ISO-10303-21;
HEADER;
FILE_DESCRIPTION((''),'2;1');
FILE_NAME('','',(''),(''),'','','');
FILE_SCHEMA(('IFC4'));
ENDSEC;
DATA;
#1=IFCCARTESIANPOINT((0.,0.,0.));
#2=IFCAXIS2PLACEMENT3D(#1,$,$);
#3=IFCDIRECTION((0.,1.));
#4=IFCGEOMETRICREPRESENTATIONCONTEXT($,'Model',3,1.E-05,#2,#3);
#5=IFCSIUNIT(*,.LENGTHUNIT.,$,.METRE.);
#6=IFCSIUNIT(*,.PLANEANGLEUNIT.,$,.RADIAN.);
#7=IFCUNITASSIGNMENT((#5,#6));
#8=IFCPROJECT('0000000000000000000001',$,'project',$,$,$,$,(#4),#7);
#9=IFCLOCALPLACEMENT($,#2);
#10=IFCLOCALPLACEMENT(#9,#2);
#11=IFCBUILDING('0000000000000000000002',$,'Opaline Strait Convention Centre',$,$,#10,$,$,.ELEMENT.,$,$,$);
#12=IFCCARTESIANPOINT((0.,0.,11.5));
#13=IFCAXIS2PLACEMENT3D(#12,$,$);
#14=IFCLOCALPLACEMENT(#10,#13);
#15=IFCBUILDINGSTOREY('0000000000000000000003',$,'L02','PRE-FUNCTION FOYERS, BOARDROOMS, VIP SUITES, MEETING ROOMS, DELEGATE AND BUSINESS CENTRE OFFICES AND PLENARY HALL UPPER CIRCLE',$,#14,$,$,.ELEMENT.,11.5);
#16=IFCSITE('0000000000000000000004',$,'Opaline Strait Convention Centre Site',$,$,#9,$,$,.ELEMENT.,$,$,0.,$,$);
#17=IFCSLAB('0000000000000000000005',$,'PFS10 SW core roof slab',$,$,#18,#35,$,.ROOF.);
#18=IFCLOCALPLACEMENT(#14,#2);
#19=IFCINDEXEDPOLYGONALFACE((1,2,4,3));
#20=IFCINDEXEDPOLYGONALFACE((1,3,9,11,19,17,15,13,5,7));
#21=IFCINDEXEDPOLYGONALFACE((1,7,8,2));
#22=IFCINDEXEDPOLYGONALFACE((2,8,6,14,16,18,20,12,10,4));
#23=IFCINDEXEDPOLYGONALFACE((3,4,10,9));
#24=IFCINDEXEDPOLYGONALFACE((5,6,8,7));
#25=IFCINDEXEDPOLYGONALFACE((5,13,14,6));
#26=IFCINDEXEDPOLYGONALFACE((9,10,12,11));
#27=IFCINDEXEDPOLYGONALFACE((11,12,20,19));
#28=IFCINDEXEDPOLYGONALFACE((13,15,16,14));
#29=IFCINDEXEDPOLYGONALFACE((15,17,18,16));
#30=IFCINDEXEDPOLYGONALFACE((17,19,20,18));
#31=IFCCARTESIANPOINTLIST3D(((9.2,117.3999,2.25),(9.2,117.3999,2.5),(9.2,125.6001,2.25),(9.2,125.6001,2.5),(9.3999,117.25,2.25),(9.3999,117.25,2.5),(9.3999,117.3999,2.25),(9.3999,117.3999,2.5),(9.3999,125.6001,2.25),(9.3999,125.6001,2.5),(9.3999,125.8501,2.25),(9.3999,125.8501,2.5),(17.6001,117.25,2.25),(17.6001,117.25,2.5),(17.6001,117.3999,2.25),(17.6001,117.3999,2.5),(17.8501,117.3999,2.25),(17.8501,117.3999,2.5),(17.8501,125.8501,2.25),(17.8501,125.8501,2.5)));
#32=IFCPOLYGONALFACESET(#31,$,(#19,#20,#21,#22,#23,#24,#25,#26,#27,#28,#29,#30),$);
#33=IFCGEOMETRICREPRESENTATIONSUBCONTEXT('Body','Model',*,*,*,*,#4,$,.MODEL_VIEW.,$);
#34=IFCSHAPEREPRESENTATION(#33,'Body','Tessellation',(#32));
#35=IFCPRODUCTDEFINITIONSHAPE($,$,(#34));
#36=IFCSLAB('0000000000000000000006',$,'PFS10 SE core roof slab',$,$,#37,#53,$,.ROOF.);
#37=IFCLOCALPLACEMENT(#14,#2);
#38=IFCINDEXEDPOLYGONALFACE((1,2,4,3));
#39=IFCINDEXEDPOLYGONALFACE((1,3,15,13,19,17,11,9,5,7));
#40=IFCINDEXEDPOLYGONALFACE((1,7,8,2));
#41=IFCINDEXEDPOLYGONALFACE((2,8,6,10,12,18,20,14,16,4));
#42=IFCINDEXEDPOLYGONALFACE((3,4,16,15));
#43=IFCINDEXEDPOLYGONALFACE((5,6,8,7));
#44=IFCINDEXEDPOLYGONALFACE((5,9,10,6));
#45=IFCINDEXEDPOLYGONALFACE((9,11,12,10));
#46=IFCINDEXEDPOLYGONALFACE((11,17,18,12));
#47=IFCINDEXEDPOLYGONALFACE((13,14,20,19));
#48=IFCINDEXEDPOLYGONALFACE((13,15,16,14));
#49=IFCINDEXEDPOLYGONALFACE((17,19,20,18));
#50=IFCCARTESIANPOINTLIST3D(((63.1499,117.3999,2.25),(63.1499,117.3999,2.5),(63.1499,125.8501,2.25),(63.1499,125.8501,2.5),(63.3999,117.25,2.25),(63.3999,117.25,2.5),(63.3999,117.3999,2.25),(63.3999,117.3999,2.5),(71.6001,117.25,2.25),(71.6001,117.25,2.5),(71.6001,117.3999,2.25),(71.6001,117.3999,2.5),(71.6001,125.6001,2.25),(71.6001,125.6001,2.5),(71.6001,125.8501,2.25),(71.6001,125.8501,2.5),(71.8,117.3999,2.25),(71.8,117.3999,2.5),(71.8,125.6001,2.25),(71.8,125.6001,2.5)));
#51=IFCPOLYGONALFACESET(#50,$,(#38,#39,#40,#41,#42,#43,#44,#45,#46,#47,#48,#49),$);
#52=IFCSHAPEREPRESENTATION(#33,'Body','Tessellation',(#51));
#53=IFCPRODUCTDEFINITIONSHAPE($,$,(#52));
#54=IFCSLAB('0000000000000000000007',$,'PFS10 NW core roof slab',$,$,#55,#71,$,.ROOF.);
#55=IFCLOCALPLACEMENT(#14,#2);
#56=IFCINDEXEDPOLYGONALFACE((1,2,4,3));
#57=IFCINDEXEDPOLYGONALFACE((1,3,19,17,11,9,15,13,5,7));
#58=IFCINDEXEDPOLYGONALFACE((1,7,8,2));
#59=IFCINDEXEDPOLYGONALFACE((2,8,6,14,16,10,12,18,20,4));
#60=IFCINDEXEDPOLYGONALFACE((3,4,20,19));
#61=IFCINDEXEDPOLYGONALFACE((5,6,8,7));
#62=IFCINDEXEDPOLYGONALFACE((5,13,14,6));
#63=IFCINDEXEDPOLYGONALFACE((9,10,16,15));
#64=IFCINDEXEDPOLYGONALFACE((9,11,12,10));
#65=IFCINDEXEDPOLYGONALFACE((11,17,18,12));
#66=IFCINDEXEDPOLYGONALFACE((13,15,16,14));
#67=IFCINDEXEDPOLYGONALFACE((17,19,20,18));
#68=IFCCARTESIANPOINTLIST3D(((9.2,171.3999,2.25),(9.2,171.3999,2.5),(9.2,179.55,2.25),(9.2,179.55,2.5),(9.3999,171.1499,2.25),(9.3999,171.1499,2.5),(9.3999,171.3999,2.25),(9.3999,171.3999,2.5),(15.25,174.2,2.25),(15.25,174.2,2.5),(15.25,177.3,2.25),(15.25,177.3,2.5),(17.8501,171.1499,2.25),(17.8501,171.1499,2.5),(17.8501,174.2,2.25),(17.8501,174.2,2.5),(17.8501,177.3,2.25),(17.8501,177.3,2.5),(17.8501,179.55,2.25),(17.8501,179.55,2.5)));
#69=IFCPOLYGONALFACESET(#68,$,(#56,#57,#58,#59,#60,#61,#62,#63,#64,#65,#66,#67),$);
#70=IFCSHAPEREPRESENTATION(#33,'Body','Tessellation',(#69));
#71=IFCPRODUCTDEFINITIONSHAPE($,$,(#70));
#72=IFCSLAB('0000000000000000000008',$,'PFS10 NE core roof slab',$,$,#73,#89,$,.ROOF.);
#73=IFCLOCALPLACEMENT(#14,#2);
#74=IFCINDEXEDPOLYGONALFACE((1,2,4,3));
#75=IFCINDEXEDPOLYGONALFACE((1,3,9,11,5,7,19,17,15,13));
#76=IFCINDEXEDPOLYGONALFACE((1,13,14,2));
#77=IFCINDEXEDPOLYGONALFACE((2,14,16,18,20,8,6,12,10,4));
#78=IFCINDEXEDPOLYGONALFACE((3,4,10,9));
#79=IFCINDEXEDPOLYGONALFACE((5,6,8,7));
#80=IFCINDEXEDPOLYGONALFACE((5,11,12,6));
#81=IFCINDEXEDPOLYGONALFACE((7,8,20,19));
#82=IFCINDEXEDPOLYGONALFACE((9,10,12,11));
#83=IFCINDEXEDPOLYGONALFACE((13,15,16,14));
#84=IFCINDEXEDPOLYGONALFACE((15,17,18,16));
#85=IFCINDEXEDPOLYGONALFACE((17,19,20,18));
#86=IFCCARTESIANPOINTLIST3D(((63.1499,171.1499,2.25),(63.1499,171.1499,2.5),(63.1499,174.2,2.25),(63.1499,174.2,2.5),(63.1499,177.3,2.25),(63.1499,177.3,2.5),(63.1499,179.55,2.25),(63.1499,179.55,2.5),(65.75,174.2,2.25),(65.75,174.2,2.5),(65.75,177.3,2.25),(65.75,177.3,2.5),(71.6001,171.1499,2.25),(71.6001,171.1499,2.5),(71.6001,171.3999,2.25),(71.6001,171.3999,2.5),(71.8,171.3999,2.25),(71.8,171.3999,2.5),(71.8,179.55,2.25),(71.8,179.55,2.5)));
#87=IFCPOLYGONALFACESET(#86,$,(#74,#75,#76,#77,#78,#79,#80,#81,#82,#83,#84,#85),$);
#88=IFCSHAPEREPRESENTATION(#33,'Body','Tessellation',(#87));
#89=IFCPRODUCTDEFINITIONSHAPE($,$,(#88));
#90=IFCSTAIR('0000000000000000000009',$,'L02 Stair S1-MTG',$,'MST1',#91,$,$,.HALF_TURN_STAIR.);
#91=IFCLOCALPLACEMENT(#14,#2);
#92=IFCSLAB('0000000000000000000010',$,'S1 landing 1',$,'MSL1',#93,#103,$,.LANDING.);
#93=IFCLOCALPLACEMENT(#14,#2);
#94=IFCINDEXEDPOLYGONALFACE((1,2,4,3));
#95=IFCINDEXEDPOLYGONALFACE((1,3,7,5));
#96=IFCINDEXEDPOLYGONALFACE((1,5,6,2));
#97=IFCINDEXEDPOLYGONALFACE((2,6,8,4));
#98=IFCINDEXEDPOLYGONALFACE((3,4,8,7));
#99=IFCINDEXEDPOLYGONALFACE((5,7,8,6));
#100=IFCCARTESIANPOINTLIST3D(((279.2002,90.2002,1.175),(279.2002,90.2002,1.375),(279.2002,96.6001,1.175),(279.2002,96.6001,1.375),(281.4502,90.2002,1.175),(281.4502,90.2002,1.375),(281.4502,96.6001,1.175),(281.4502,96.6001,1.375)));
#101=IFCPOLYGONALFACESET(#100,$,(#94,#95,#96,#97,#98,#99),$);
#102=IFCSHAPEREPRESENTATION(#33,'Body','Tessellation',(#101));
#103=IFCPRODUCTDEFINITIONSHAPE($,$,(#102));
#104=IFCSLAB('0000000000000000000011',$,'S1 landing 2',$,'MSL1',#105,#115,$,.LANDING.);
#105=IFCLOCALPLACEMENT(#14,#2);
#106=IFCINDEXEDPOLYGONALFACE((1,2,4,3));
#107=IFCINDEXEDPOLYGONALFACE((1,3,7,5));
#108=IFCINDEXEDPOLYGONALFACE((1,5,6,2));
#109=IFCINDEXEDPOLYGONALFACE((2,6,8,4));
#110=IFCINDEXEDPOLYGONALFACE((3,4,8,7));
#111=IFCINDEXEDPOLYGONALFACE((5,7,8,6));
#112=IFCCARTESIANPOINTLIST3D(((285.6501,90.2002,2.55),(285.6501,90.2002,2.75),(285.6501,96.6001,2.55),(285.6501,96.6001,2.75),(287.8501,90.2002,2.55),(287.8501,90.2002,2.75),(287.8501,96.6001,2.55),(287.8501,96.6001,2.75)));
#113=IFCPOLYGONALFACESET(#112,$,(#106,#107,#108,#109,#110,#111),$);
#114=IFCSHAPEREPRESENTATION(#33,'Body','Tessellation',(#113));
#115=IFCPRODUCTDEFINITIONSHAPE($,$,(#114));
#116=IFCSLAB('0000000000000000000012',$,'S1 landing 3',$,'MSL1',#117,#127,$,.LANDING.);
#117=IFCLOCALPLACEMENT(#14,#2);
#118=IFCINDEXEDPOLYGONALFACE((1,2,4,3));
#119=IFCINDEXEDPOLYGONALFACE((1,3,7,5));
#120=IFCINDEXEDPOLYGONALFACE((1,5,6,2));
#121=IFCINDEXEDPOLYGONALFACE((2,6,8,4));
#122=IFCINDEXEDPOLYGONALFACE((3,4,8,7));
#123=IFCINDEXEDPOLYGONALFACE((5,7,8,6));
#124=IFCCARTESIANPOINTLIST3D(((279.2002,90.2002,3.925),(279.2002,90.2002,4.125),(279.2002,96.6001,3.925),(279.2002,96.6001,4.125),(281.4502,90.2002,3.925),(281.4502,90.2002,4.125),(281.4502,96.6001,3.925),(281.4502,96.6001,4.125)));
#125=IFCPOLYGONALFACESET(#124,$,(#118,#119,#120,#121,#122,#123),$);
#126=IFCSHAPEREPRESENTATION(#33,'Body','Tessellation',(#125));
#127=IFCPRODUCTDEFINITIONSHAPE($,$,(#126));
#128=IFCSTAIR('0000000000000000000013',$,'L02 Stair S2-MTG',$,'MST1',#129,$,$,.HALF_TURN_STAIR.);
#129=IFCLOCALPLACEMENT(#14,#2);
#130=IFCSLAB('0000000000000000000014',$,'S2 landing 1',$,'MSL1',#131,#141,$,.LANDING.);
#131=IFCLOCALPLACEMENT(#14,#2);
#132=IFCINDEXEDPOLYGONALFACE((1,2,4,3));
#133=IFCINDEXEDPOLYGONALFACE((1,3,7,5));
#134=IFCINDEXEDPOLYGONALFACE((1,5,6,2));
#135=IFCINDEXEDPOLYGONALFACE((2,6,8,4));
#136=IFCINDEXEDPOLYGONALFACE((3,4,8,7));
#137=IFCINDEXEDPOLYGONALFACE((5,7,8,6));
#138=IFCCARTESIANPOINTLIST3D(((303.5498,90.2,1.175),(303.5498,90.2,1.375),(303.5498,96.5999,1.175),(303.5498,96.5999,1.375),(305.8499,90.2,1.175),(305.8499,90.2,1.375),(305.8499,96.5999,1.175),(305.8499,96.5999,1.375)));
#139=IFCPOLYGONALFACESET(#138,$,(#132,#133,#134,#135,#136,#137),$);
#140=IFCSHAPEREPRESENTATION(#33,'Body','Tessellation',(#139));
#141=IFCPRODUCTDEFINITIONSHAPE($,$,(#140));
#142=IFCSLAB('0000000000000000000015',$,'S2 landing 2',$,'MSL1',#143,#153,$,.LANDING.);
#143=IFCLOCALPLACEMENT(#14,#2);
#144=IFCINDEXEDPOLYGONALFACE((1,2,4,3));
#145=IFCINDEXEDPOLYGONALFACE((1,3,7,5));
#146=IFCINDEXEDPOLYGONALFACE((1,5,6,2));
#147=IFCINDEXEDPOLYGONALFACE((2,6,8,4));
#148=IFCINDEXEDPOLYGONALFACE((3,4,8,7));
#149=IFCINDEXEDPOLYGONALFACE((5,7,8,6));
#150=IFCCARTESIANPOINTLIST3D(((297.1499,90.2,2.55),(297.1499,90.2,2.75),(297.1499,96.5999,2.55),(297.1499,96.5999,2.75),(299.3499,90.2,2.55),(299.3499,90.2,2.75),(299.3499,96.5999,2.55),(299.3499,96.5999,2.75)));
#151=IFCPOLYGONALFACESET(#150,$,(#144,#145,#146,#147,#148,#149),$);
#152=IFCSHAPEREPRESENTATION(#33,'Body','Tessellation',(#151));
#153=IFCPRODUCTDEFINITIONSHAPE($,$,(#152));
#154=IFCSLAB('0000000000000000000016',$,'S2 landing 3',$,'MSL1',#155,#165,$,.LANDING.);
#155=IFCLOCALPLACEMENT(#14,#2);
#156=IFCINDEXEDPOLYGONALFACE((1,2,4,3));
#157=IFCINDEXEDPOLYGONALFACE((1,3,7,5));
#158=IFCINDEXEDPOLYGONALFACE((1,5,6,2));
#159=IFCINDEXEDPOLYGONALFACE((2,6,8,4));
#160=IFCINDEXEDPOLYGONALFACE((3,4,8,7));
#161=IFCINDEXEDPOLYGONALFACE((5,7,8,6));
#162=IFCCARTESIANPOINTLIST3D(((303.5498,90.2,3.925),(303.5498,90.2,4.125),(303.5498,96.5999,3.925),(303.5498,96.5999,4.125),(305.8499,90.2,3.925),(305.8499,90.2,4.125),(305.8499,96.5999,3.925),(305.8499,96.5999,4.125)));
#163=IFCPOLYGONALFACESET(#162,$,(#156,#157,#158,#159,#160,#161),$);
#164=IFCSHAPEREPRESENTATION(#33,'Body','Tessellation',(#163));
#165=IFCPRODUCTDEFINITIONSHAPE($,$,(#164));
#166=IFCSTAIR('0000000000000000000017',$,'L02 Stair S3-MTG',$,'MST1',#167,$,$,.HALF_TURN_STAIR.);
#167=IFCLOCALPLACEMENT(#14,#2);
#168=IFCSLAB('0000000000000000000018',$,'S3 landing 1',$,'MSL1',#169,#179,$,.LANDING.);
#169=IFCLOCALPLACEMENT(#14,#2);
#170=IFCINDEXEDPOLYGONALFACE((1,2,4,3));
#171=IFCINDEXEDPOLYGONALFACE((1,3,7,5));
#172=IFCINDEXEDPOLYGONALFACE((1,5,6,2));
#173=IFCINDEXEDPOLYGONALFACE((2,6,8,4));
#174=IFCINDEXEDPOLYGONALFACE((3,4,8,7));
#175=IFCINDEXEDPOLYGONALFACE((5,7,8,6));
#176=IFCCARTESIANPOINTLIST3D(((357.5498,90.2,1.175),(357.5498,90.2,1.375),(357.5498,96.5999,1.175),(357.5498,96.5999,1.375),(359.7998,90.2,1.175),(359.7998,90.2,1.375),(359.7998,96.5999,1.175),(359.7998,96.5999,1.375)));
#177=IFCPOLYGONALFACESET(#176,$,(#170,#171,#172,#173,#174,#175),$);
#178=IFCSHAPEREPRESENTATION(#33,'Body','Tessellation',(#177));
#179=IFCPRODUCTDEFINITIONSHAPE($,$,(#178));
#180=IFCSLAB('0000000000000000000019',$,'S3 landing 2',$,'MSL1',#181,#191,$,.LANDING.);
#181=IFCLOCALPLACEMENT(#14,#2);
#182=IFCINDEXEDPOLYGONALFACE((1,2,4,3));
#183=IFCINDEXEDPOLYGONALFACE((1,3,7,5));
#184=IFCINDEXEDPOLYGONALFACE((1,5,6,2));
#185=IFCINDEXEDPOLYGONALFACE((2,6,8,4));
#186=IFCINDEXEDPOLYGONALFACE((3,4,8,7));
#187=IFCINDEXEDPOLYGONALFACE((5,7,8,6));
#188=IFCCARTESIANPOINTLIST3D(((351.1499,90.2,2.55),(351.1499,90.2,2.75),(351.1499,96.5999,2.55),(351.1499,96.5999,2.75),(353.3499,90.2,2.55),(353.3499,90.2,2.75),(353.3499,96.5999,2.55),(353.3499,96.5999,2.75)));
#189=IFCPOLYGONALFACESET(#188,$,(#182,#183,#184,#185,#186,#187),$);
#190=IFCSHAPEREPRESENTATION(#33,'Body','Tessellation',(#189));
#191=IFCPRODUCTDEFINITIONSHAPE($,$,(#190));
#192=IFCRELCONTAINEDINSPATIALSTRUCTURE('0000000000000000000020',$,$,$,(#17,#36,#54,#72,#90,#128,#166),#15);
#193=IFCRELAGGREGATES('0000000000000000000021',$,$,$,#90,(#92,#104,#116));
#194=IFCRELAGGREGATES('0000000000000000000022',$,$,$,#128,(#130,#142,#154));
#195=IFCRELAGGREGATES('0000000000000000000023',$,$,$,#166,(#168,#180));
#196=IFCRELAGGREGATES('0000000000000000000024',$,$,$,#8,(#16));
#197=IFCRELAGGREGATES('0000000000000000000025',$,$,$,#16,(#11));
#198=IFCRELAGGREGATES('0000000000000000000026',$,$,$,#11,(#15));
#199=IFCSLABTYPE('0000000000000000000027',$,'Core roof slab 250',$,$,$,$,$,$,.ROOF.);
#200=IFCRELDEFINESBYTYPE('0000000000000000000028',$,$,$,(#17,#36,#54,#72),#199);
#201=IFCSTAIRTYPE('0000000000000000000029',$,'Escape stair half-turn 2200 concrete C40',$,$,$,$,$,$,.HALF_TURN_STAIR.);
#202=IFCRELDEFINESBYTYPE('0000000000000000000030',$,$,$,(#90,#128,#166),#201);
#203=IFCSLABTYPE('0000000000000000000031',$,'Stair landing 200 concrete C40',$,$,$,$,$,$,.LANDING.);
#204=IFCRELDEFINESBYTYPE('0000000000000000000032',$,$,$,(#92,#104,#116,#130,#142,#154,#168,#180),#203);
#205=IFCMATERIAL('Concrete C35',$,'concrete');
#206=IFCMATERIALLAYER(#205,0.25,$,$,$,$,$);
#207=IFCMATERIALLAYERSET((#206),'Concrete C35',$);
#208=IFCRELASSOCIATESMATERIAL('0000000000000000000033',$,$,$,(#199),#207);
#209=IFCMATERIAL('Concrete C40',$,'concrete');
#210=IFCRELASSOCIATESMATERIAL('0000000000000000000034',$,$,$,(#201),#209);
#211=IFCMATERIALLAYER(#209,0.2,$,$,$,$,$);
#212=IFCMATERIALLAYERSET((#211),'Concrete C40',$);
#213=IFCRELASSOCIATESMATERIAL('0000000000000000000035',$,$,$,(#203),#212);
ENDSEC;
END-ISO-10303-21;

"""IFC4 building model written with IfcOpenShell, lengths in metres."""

from ifc_helpers import new_model, si_unit, direction, frame, origin, place, context, subcontext, project, spatial, polyline, outline, extrude, material, layer, layer_set, type_object, element, aggregate, save


model = new_model("IFC4")

# Units and contexts
model_context = context("Model", 3, precision=1e-05, world=origin(), true_north=direction((0.0, 1.0)))
body_context = subcontext(model_context, "Body", "Model", "MODEL_VIEW")
ifc_project = project(units=[si_unit("LENGTHUNIT", "METRE"), si_unit("PLANEANGLEUNIT", "RADIAN")], contexts=[model_context])

# Site, building, storey
site_placement = place(None, origin())
site = spatial("IfcSite", under=ifc_project, at=site_placement, Name="Opaline Strait Convention Centre Site", CompositionType="ELEMENT", RefElevation=0.0)
building_placement = place(site_placement, origin())
building = spatial("IfcBuilding", under=site, at=building_placement, Name="Opaline Strait Convention Centre", CompositionType="ELEMENT")
storey_placement = place(building_placement, frame((0.0, 0.0, 11.5)))
storey = spatial("IfcBuildingStorey", under=building, at=storey_placement, Name="L02", Description="PRE-FUNCTION FOYERS, BOARDROOMS, VIP SUITES, MEETING ROOMS, DELEGATE AND BUSINESS CENTRE OFFICES AND PLENARY HALL UPPER CIRCLE", CompositionType="ELEMENT", Elevation=11.5)

# Slabs
ifc_material_1 = material(Name="Concrete C35", Category="concrete")
ifc_layer_1 = layer(ifc_material_1, 0.25)
ifc_layer_set_1 = layer_set([ifc_layer_1], Name="Concrete C35")
slab_type_1 = type_object("IfcSlabType", Name="Core roof slab 250", PredefinedType="ROOF", material=ifc_layer_set_1)
slab_1_placement = place(storey_placement, frame((0.0, 0.0, 2.25)))
element("IfcSlab", 1, at=slab_1_placement, inside=storey, type_object=slab_type_1, Name="PFS10 SW core roof slab", PredefinedType="ROOF", context=body_context, shape_type="SweptSolid", body=[
    extrude(outline(polyline([(17.8501, 125.8501), (17.8501, 117.3999), (17.6001, 117.3999), (17.6001, 117.25), (9.3999, 117.25), (9.3999, 117.3999), (9.2, 117.3999), (9.2, 125.6001), (9.3999, 125.6001), (9.3999, 125.8501), (17.8501, 125.8501)])), origin(), (0.0, 0.0, 1.0), 0.25),
])
slab_2_placement = place(storey_placement, frame((0.0, 0.0, 2.25)))
element("IfcSlab", 2, at=slab_2_placement, inside=storey, type_object=slab_type_1, Name="PFS10 SE core roof slab", PredefinedType="ROOF", context=body_context, shape_type="SweptSolid", body=[
    extrude(outline(polyline([(71.8, 117.3999), (71.6001, 117.3999), (71.6001, 117.25), (63.3999, 117.25), (63.3999, 117.3999), (63.1499, 117.3999), (63.1499, 125.8501), (71.6001, 125.8501), (71.6001, 125.6001), (71.8, 125.6001), (71.8, 117.3999)])), origin(), (0.0, 0.0, 1.0), 0.25),
])
slab_3_placement = place(storey_placement, frame((0.0, 0.0, 2.25)))
element("IfcSlab", 3, at=slab_3_placement, inside=storey, type_object=slab_type_1, Name="PFS10 NW core roof slab", PredefinedType="ROOF", context=body_context, shape_type="SweptSolid", body=[
    extrude(outline(polyline([(17.8501, 171.1499), (9.3999, 171.1499), (9.3999, 171.3999), (9.2, 171.3999), (9.2, 179.55), (17.8501, 179.55), (17.8501, 177.3), (15.25, 177.3), (15.25, 174.2), (17.8501, 174.2), (17.8501, 171.1499)])), origin(), (0.0, 0.0, 1.0), 0.25),
])
slab_4_placement = place(storey_placement, frame((0.0, 0.0, 2.25)))
element("IfcSlab", 4, at=slab_4_placement, inside=storey, type_object=slab_type_1, Name="PFS10 NE core roof slab", PredefinedType="ROOF", context=body_context, shape_type="SweptSolid", body=[
    extrude(outline(polyline([(63.1499, 179.55), (71.8, 179.55), (71.8, 171.3999), (71.6001, 171.3999), (71.6001, 171.1499), (63.1499, 171.1499), (63.1499, 174.2), (65.75, 174.2), (65.75, 177.3), (63.1499, 177.3), (63.1499, 179.55)])), origin(), (0.0, 0.0, 1.0), 0.25),
])

# Stairs, slabs
ifc_material_2 = material(Name="Concrete C40", Category="concrete")
stair_type = type_object("IfcStairType", Name="Escape stair half-turn 2200 concrete C40", PredefinedType="HALF_TURN_STAIR", material=ifc_material_2)
stair_1_placement = place(storey_placement, origin())
stair_1 = element("IfcStair", 5, at=stair_1_placement, inside=storey, type_object=stair_type, Name="L02 Stair S1-MTG", ObjectType="MST1", PredefinedType="HALF_TURN_STAIR")
ifc_layer_2 = layer(ifc_material_2, 0.2)
ifc_layer_set_2 = layer_set([ifc_layer_2], Name="Concrete C40")
slab_type_2 = type_object("IfcSlabType", Name="Stair landing 200 concrete C40", PredefinedType="LANDING", material=ifc_layer_set_2)
slab_5_placement = place(storey_placement, frame((0.0, 0.0, 1.175)))
slab_5 = element("IfcSlab", 6, at=slab_5_placement, type_object=slab_type_2, Name="S1 landing 1", ObjectType="MSL1", PredefinedType="LANDING", context=body_context, shape_type="SweptSolid", body=[
    extrude(outline(polyline([(281.4502, 96.6001), (279.2002, 96.6001), (279.2002, 90.2002), (281.4502, 90.2002), (281.4502, 96.6001)])), origin(), (0.0, 0.0, 1.0), 0.2),
])
slab_6_placement = place(storey_placement, frame((0.0, 0.0, 2.55)))
slab_6 = element("IfcSlab", 7, at=slab_6_placement, type_object=slab_type_2, Name="S1 landing 2", ObjectType="MSL1", PredefinedType="LANDING", context=body_context, shape_type="SweptSolid", body=[
    extrude(outline(polyline([(287.8501, 96.6001), (285.6501, 96.6001), (285.6501, 90.2002), (287.8501, 90.2002), (287.8501, 96.6001)])), origin(), (0.0, 0.0, 1.0), 0.2),
])
slab_7_placement = place(storey_placement, frame((0.0, 0.0, 3.925)))
slab_7 = element("IfcSlab", 8, at=slab_7_placement, type_object=slab_type_2, Name="S1 landing 3", ObjectType="MSL1", PredefinedType="LANDING", context=body_context, shape_type="SweptSolid", body=[
    extrude(outline(polyline([(281.4502, 96.6001), (279.2002, 96.6001), (279.2002, 90.2002), (281.4502, 90.2002), (281.4502, 96.6001)])), origin(), (0.0, 0.0, 1.0), 0.2),
])
aggregate(stair_1, [slab_5, slab_6, slab_7])
stair_2_placement = place(storey_placement, origin())
stair_2 = element("IfcStair", 9, at=stair_2_placement, inside=storey, type_object=stair_type, Name="L02 Stair S2-MTG", ObjectType="MST1", PredefinedType="HALF_TURN_STAIR")
slab_8_placement = place(storey_placement, frame((0.0, 0.0, 1.175)))
slab_8 = element("IfcSlab", 10, at=slab_8_placement, type_object=slab_type_2, Name="S2 landing 1", ObjectType="MSL1", PredefinedType="LANDING", context=body_context, shape_type="SweptSolid", body=[
    extrude(outline(polyline([(303.5498, 90.2), (305.8499, 90.2), (305.8499, 96.5999), (303.5498, 96.5999), (303.5498, 90.2)])), origin(), (0.0, 0.0, 1.0), 0.2),
])
slab_9_placement = place(storey_placement, frame((0.0, 0.0, 2.55)))
slab_9 = element("IfcSlab", 11, at=slab_9_placement, type_object=slab_type_2, Name="S2 landing 2", ObjectType="MSL1", PredefinedType="LANDING", context=body_context, shape_type="SweptSolid", body=[
    extrude(outline(polyline([(297.1499, 90.2), (299.3499, 90.2), (299.3499, 96.5999), (297.1499, 96.5999), (297.1499, 90.2)])), origin(), (0.0, 0.0, 1.0), 0.2),
])
slab_10_placement = place(storey_placement, frame((0.0, 0.0, 3.925)))
slab_10 = element("IfcSlab", 12, at=slab_10_placement, type_object=slab_type_2, Name="S2 landing 3", ObjectType="MSL1", PredefinedType="LANDING", context=body_context, shape_type="SweptSolid", body=[
    extrude(outline(polyline([(303.5498, 90.2), (305.8499, 90.2), (305.8499, 96.5999), (303.5498, 96.5999), (303.5498, 90.2)])), origin(), (0.0, 0.0, 1.0), 0.2),
])
aggregate(stair_2, [slab_8, slab_9, slab_10])
stair_3_placement = place(storey_placement, origin())
stair_3 = element("IfcStair", 13, at=stair_3_placement, inside=storey, type_object=stair_type, Name="L02 Stair S3-MTG", ObjectType="MST1", PredefinedType="HALF_TURN_STAIR")
slab_11_placement = place(storey_placement, frame((0.0, 0.0, 1.175)))
slab_11 = element("IfcSlab", 14, at=slab_11_placement, type_object=slab_type_2, Name="S3 landing 1", ObjectType="MSL1", PredefinedType="LANDING", context=body_context, shape_type="SweptSolid", body=[
    extrude(outline(polyline([(357.5498, 90.2), (359.7998, 90.2), (359.7998, 96.5999), (357.5498, 96.5999), (357.5498, 90.2)])), origin(), (0.0, 0.0, 1.0), 0.2),
])
slab_12_placement = place(storey_placement, frame((0.0, 0.0, 2.55)))
slab_12 = element("IfcSlab", 15, at=slab_12_placement, type_object=slab_type_2, Name="S3 landing 2", ObjectType="MSL1", PredefinedType="LANDING", context=body_context, shape_type="SweptSolid", body=[
    extrude(outline(polyline([(351.1499, 90.2), (353.3499, 90.2), (353.3499, 96.5999), (351.1499, 96.5999), (351.1499, 90.2)])), origin(), (0.0, 0.0, 1.0), 0.2),
])
aggregate(stair_3, [slab_11, slab_12])

save(model, "model.ifc")
